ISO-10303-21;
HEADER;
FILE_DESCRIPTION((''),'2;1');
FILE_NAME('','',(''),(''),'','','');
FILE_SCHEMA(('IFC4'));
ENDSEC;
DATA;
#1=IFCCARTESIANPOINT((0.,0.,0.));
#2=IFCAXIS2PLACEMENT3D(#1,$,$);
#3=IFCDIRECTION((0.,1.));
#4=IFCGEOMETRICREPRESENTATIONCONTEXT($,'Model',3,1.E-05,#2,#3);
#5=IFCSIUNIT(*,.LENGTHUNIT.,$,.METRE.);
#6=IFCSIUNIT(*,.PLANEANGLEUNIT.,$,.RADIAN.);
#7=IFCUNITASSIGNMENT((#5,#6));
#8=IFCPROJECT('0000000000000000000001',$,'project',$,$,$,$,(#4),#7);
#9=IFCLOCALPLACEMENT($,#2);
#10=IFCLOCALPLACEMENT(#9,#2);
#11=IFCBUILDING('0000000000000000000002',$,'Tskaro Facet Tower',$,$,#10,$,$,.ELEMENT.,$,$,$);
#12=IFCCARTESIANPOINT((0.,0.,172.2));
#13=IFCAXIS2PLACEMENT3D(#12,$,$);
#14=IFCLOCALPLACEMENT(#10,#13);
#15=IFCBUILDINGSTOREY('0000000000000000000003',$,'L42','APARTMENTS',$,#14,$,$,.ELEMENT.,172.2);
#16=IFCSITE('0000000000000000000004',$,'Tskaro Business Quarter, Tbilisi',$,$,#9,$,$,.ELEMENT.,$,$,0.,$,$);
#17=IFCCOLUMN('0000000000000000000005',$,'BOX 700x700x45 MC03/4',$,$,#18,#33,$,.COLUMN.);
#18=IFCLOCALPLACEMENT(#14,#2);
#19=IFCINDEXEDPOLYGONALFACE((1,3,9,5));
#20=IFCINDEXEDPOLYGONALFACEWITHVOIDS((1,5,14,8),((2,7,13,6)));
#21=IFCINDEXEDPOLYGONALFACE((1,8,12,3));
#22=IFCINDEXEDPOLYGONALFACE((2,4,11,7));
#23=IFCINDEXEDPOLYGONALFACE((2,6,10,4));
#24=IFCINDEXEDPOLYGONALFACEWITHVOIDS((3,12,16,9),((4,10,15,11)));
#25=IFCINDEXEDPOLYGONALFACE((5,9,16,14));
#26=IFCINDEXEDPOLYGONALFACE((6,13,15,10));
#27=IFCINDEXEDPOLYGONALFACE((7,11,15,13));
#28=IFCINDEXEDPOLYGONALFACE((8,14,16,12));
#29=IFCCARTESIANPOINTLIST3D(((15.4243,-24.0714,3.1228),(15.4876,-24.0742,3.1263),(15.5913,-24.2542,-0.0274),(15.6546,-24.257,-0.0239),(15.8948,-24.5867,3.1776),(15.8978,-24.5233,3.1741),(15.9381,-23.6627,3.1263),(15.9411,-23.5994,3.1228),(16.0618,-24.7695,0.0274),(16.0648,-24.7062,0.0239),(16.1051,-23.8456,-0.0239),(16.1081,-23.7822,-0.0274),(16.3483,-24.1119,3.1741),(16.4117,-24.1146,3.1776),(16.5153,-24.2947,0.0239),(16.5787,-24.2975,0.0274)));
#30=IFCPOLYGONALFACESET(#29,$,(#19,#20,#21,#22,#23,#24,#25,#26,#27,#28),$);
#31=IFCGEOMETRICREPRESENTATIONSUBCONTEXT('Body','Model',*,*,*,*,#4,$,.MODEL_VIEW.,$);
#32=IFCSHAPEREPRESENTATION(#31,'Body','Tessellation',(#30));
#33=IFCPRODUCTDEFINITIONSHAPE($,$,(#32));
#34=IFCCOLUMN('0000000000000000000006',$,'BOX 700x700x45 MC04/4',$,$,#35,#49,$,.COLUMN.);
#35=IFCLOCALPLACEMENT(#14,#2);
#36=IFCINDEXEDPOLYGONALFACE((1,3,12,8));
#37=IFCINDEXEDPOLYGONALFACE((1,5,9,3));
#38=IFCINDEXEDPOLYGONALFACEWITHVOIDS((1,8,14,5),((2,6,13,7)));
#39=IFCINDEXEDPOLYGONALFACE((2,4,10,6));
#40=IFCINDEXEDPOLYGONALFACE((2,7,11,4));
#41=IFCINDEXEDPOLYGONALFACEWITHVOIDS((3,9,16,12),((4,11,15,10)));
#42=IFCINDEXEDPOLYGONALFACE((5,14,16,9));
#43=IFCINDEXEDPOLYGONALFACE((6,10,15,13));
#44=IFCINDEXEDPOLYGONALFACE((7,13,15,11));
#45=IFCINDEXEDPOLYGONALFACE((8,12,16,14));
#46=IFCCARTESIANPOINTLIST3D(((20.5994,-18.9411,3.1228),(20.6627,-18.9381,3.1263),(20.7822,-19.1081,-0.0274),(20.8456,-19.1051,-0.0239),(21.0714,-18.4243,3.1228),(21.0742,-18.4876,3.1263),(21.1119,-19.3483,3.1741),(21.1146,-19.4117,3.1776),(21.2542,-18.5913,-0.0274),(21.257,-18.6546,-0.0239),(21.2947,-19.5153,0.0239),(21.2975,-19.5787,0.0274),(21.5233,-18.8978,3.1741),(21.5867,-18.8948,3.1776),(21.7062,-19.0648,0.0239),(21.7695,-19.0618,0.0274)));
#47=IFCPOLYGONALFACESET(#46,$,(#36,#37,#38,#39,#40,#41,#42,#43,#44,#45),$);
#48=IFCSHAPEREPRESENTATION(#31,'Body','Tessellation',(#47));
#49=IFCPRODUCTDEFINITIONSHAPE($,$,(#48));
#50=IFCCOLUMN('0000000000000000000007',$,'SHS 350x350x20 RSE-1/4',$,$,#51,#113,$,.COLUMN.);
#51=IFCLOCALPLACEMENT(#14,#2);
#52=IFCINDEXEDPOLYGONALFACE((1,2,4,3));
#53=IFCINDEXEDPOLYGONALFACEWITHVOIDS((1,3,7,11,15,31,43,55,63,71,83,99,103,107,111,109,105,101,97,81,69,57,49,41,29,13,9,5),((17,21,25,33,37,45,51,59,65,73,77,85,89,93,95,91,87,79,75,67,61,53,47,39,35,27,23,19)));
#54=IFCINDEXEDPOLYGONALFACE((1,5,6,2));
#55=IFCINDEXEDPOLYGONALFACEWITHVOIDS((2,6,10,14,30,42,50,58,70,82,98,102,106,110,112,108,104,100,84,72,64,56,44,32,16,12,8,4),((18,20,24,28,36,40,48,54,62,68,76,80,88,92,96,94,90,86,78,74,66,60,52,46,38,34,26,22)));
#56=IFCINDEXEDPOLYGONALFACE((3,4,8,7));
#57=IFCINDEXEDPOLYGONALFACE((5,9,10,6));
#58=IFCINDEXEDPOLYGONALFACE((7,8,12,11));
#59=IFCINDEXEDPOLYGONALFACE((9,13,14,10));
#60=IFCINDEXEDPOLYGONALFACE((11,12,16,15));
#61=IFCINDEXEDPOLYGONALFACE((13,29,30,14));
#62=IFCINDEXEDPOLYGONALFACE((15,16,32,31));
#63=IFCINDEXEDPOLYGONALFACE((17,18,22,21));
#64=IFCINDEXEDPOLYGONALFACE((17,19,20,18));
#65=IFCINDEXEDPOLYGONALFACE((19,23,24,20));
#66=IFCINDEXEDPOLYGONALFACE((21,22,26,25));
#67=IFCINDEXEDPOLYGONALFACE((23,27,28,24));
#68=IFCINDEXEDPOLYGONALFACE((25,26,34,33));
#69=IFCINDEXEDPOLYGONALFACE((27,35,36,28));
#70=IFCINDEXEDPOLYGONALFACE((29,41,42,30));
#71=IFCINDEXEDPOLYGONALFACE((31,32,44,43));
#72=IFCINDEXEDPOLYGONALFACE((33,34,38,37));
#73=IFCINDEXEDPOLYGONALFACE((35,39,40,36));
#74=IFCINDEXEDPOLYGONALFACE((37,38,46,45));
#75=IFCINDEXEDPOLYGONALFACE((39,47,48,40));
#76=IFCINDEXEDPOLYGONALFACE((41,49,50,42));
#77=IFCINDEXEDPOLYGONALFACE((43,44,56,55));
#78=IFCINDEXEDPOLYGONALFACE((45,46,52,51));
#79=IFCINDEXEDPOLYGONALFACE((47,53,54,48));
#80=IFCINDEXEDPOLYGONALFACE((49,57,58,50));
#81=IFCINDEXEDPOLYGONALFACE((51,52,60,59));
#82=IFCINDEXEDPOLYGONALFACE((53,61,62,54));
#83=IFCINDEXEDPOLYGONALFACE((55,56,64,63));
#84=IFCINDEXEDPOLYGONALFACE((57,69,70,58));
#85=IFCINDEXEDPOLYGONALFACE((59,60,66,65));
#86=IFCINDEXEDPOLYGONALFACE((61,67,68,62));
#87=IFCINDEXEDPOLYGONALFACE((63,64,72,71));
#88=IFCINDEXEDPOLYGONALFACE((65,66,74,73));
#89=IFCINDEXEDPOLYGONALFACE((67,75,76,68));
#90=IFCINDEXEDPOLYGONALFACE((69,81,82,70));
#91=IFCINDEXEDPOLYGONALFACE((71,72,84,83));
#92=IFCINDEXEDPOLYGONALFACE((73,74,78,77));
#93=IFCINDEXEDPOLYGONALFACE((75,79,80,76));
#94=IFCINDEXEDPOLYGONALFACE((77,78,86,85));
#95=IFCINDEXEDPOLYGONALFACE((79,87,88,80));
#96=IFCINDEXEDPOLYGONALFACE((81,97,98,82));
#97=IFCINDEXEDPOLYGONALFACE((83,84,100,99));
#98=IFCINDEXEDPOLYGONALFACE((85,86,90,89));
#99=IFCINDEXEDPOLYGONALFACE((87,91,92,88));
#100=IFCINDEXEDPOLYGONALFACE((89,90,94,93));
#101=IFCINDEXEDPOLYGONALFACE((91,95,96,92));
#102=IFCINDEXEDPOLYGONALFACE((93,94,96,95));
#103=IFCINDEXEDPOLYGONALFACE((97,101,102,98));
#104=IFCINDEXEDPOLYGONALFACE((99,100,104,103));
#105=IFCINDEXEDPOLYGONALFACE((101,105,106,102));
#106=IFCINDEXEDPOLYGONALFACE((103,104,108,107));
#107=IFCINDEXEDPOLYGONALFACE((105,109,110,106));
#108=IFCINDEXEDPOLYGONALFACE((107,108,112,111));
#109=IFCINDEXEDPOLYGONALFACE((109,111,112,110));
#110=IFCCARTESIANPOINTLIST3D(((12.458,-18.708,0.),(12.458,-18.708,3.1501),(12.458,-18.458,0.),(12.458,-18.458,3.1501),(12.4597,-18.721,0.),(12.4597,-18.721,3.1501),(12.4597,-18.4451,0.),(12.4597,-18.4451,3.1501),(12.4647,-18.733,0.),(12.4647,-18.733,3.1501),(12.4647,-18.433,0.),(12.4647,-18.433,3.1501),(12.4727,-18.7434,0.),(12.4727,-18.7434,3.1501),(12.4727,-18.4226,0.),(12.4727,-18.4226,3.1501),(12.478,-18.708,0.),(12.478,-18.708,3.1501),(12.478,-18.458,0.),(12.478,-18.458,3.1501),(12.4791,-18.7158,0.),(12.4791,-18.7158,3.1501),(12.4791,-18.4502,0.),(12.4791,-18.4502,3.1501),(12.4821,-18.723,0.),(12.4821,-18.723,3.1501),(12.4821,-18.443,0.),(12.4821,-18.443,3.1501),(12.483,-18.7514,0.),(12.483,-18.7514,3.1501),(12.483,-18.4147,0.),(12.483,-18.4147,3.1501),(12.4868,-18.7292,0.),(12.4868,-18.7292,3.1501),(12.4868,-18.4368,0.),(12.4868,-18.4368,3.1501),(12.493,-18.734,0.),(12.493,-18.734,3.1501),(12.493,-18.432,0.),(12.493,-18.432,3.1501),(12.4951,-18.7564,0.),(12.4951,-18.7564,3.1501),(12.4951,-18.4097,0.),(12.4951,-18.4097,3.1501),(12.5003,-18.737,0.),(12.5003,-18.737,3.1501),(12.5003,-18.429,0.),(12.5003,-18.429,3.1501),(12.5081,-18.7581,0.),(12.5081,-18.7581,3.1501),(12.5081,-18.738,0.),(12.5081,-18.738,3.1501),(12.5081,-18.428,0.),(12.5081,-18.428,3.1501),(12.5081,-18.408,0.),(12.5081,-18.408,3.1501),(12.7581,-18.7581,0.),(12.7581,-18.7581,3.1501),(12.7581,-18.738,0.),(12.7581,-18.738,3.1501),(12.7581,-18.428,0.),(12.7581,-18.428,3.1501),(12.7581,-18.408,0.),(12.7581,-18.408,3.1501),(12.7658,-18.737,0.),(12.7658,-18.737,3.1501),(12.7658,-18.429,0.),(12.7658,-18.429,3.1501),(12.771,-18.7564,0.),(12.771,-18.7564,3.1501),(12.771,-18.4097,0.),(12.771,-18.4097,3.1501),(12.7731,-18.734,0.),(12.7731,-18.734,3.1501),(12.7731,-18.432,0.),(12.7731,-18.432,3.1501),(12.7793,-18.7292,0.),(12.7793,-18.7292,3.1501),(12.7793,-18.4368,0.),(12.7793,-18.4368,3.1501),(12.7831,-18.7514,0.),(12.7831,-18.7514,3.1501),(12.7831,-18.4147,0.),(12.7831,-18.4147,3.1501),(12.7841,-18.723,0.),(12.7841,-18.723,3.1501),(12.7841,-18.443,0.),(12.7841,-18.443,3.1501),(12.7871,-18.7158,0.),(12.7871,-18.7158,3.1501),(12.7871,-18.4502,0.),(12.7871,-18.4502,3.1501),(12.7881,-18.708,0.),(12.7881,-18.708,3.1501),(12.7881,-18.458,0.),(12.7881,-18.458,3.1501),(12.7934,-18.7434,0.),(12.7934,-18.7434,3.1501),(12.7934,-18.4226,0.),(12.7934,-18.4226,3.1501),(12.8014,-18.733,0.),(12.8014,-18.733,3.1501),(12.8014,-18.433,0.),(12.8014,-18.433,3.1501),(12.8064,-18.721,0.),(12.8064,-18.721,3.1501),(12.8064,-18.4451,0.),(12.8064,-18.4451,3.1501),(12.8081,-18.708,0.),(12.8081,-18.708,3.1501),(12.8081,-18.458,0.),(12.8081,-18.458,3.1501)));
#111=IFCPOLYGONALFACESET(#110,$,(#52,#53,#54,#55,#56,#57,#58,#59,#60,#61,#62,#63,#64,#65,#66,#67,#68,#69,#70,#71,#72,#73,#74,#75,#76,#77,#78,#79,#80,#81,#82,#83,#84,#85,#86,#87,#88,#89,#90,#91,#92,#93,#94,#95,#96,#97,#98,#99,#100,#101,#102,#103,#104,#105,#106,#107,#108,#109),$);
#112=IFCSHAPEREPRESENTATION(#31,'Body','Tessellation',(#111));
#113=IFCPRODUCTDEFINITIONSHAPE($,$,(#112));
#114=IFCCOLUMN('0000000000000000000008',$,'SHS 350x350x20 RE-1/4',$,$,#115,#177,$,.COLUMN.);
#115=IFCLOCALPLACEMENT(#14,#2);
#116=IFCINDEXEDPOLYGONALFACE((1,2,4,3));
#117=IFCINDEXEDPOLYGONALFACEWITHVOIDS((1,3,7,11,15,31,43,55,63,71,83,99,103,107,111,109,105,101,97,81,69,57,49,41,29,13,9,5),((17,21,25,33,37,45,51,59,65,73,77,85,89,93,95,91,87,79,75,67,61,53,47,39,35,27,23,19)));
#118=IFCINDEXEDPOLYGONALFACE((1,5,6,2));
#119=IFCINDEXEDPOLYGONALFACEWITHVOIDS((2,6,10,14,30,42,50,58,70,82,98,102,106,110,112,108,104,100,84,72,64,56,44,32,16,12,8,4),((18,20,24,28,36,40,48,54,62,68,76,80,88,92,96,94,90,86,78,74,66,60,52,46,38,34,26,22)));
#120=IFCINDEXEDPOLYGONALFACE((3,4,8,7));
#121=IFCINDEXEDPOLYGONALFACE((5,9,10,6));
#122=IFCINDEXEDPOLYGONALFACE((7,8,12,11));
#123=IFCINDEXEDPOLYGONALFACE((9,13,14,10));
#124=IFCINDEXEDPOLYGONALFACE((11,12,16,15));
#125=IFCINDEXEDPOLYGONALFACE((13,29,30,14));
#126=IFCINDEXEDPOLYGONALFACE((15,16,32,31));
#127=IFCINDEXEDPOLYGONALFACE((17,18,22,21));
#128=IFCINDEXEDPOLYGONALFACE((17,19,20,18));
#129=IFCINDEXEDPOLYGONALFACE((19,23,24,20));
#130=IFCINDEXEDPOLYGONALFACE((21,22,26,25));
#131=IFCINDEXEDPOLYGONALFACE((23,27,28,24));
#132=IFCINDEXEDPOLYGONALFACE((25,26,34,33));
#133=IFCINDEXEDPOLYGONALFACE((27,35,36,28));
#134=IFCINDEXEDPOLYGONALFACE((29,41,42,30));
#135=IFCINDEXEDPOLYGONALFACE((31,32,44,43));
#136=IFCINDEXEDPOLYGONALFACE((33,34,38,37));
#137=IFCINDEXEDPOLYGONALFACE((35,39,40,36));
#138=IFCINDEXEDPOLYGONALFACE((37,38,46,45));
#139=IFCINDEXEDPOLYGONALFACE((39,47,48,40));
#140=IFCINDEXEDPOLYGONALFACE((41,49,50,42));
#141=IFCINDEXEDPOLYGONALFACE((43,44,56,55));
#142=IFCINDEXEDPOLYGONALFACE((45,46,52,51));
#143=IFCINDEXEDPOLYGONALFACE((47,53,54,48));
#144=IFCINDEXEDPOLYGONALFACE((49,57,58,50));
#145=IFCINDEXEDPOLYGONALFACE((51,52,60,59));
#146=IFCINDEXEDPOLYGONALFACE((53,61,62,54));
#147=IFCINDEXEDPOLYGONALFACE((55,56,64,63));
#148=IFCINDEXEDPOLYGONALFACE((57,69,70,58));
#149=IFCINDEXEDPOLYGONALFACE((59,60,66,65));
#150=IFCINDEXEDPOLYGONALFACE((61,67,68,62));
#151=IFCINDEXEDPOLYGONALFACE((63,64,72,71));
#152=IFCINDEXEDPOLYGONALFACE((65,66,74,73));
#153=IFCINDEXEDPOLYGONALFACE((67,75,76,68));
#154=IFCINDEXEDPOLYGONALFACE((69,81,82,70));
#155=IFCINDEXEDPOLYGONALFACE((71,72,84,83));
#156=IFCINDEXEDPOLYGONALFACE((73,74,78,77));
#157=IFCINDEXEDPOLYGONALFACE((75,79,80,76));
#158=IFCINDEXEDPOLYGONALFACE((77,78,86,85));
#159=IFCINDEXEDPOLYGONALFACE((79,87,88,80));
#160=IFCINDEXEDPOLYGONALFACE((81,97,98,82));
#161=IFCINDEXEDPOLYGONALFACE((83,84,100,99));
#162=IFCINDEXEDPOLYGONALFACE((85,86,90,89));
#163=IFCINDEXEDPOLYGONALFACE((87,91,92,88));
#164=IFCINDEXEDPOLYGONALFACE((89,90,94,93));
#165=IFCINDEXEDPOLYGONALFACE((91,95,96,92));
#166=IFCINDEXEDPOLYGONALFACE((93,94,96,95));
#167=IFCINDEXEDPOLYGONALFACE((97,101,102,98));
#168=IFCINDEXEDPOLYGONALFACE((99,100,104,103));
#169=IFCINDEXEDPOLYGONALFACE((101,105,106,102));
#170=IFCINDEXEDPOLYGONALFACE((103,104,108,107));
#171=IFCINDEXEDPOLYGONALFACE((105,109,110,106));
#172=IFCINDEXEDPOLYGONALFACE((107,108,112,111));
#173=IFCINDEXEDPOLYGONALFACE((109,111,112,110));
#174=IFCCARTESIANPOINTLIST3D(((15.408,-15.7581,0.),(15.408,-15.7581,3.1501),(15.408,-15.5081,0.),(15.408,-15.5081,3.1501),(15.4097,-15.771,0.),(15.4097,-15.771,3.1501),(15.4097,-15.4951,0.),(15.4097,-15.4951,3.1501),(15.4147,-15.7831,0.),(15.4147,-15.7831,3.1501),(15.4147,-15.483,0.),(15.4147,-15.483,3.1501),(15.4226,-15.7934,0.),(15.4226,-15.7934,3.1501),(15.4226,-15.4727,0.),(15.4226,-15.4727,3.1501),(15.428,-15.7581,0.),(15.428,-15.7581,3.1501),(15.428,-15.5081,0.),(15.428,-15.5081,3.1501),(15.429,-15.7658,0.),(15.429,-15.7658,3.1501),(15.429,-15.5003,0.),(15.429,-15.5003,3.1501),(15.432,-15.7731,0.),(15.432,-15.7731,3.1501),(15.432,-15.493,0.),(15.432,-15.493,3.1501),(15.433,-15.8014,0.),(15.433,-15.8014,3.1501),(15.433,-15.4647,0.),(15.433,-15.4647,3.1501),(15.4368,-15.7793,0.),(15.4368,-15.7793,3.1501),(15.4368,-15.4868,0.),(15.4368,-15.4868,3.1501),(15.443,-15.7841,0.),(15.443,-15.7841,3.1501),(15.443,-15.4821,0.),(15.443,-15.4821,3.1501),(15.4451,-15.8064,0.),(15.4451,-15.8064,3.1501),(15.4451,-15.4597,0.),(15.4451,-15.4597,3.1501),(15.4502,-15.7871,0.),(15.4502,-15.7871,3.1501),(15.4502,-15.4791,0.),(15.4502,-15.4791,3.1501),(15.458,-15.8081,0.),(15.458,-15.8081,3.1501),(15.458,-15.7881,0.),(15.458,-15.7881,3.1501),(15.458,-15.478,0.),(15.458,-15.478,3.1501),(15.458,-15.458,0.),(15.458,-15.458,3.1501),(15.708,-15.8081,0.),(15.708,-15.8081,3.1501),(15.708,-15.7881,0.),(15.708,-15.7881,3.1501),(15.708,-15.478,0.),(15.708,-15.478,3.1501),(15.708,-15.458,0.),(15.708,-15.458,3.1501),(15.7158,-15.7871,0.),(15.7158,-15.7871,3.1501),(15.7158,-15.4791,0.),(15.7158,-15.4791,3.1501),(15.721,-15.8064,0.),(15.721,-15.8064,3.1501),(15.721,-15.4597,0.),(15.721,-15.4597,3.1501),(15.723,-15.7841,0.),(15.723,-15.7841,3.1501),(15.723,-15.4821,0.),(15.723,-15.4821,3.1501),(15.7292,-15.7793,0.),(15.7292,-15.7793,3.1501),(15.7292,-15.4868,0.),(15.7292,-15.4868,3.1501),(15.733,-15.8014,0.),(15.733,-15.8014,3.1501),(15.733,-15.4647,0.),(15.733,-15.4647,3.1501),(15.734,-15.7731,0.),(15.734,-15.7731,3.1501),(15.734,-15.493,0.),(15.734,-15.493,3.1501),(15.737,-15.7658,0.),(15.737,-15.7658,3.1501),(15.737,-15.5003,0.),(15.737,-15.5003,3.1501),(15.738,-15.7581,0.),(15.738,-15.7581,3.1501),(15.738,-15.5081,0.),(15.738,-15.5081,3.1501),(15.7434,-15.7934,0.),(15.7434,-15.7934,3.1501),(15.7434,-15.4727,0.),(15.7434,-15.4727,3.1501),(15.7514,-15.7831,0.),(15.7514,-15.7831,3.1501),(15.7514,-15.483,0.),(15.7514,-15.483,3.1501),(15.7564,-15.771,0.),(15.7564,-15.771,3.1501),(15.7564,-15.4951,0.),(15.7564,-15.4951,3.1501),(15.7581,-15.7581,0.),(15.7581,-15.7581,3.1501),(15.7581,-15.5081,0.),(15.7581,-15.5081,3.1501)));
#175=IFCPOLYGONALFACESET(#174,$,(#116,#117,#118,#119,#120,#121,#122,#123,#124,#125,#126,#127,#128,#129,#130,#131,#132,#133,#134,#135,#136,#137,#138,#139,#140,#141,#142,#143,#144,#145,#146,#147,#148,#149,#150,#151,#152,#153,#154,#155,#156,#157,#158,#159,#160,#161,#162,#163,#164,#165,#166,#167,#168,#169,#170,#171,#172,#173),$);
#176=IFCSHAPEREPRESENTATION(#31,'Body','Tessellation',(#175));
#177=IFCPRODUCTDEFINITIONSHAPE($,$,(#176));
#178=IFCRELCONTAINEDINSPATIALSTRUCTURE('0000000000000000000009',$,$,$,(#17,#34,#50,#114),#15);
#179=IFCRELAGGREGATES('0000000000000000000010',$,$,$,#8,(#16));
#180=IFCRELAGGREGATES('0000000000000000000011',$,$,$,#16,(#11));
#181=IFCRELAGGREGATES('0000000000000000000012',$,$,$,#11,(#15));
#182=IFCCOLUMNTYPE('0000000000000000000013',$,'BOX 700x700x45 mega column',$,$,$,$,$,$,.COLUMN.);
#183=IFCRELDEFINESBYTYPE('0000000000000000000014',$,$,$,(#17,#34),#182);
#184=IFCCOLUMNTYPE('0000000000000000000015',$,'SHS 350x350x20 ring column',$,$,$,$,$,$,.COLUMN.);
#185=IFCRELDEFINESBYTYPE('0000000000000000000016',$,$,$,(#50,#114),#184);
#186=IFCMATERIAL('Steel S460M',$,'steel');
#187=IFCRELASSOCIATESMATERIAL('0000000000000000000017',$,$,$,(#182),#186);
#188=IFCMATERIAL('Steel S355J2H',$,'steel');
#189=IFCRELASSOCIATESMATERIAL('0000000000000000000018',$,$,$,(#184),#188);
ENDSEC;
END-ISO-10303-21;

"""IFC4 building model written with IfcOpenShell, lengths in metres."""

from ifc_helpers import new_model, si_unit, direction, frame, origin, origin_2d, place, context, subcontext, project, spatial, hollow_rectangle, extrude, material, material_profile, profile_set, type_object, element, save


model = new_model("IFC4")

# Units and contexts
model_context = context("Model", 3, precision=1e-05, world=origin(), true_north=direction((0.0, 1.0)))
body_context = subcontext(model_context, "Body", "Model", "MODEL_VIEW")
ifc_project = project(units=[si_unit("LENGTHUNIT", "METRE"), si_unit("PLANEANGLEUNIT", "RADIAN")], contexts=[model_context])

# Site, building, storey
site_placement = place(None, origin())
site = spatial("IfcSite", under=ifc_project, at=site_placement, Name="Tskaro Business Quarter, Tbilisi", CompositionType="ELEMENT", RefElevation=0.0)
building_placement = place(site_placement, origin())
building = spatial("IfcBuilding", under=site, at=building_placement, Name="Tskaro Facet Tower", CompositionType="ELEMENT")
storey_placement = place(building_placement, frame((0.0, 0.0, 172.2)))
storey = spatial("IfcBuildingStorey", under=building, at=storey_placement, Name="L42", Description="APARTMENTS", CompositionType="ELEMENT", Elevation=172.2)

# Columns
ifc_material_1 = material(Name="Steel S460M", Category="steel")
ifc_material_profile_1 = material_profile(ifc_material_1, hollow_rectangle(XDim=0.7, YDim=0.7, WallThickness=0.0449, at=origin_2d()), Name="BOX 700x700x45")
ifc_profile_set_1 = profile_set([ifc_material_profile_1], Name="Steel S460M")
column_type_1 = type_object("IfcColumnType", Name="BOX 700x700x45 mega column", PredefinedType="COLUMN", material=ifc_profile_set_1)
for number, where, z_axis, x_axis, name in (
    (1, (16.085, -24.2759, 0.0), (-0.052848, 0.05787, 0.996924), (-0.738421, -0.674339, 0.0), "BOX 700x700x45 MC03/4"),
    (2, (21.2759, -19.085, 0.0), (-0.05787, 0.052848, 0.996924), (-0.674339, -0.738421, 0.0), "BOX 700x700x45 MC04/4"),
):
    element("IfcColumn", number, at=place(storey_placement, frame(where, z_axis=z_axis, x_axis=x_axis)), inside=storey, type_object=column_type_1, Name=name, PredefinedType="COLUMN", context=body_context, shape_type="SweptSolid", body=[
        extrude(hollow_rectangle(XDim=0.7, YDim=0.7, WallThickness=0.0449, at=origin_2d()), origin(), (0.0, 0.0, 1.0), 3.1599),
    ])
ifc_material_2 = material(Name="Steel S355J2H", Category="steel")
ifc_material_profile_2 = material_profile(ifc_material_2, hollow_rectangle(XDim=0.3501, YDim=0.3501, WallThickness=0.02, InnerFilletRadius=0.03, OuterFilletRadius=0.05, at=origin_2d()), Name="SHS 350x350x20")
ifc_profile_set_2 = profile_set([ifc_material_profile_2], Name="Steel S355J2H")
column_type_2 = type_object("IfcColumnType", Name="SHS 350x350x20 ring column", PredefinedType="COLUMN", material=ifc_profile_set_2)
for number, where, z_axis, x_axis, name in (
    (3, (12.6331, -18.583, 0.0), (0.0, 0.0, 1.0), (1.0, 0.0, 0.0), "SHS 350x350x20 RSE-1/4"),
    (4, (15.583, -15.6331, 0.0), (0.0, 0.0, 1.0), (1.0, 0.0, 0.0), "SHS 350x350x20 RE-1/4"),
):
    element("IfcColumn", number, at=place(storey_placement, frame(where, z_axis=z_axis, x_axis=x_axis)), inside=storey, type_object=column_type_2, Name=name, PredefinedType="COLUMN", context=body_context, shape_type="SweptSolid", body=[
        extrude(hollow_rectangle(XDim=0.3501, YDim=0.3501, WallThickness=0.02, InnerFilletRadius=0.03, OuterFilletRadius=0.05, at=origin_2d()), origin(), (0.0, 0.0, 1.0), 3.1501),
    ])

save(model, "model.ifc")
